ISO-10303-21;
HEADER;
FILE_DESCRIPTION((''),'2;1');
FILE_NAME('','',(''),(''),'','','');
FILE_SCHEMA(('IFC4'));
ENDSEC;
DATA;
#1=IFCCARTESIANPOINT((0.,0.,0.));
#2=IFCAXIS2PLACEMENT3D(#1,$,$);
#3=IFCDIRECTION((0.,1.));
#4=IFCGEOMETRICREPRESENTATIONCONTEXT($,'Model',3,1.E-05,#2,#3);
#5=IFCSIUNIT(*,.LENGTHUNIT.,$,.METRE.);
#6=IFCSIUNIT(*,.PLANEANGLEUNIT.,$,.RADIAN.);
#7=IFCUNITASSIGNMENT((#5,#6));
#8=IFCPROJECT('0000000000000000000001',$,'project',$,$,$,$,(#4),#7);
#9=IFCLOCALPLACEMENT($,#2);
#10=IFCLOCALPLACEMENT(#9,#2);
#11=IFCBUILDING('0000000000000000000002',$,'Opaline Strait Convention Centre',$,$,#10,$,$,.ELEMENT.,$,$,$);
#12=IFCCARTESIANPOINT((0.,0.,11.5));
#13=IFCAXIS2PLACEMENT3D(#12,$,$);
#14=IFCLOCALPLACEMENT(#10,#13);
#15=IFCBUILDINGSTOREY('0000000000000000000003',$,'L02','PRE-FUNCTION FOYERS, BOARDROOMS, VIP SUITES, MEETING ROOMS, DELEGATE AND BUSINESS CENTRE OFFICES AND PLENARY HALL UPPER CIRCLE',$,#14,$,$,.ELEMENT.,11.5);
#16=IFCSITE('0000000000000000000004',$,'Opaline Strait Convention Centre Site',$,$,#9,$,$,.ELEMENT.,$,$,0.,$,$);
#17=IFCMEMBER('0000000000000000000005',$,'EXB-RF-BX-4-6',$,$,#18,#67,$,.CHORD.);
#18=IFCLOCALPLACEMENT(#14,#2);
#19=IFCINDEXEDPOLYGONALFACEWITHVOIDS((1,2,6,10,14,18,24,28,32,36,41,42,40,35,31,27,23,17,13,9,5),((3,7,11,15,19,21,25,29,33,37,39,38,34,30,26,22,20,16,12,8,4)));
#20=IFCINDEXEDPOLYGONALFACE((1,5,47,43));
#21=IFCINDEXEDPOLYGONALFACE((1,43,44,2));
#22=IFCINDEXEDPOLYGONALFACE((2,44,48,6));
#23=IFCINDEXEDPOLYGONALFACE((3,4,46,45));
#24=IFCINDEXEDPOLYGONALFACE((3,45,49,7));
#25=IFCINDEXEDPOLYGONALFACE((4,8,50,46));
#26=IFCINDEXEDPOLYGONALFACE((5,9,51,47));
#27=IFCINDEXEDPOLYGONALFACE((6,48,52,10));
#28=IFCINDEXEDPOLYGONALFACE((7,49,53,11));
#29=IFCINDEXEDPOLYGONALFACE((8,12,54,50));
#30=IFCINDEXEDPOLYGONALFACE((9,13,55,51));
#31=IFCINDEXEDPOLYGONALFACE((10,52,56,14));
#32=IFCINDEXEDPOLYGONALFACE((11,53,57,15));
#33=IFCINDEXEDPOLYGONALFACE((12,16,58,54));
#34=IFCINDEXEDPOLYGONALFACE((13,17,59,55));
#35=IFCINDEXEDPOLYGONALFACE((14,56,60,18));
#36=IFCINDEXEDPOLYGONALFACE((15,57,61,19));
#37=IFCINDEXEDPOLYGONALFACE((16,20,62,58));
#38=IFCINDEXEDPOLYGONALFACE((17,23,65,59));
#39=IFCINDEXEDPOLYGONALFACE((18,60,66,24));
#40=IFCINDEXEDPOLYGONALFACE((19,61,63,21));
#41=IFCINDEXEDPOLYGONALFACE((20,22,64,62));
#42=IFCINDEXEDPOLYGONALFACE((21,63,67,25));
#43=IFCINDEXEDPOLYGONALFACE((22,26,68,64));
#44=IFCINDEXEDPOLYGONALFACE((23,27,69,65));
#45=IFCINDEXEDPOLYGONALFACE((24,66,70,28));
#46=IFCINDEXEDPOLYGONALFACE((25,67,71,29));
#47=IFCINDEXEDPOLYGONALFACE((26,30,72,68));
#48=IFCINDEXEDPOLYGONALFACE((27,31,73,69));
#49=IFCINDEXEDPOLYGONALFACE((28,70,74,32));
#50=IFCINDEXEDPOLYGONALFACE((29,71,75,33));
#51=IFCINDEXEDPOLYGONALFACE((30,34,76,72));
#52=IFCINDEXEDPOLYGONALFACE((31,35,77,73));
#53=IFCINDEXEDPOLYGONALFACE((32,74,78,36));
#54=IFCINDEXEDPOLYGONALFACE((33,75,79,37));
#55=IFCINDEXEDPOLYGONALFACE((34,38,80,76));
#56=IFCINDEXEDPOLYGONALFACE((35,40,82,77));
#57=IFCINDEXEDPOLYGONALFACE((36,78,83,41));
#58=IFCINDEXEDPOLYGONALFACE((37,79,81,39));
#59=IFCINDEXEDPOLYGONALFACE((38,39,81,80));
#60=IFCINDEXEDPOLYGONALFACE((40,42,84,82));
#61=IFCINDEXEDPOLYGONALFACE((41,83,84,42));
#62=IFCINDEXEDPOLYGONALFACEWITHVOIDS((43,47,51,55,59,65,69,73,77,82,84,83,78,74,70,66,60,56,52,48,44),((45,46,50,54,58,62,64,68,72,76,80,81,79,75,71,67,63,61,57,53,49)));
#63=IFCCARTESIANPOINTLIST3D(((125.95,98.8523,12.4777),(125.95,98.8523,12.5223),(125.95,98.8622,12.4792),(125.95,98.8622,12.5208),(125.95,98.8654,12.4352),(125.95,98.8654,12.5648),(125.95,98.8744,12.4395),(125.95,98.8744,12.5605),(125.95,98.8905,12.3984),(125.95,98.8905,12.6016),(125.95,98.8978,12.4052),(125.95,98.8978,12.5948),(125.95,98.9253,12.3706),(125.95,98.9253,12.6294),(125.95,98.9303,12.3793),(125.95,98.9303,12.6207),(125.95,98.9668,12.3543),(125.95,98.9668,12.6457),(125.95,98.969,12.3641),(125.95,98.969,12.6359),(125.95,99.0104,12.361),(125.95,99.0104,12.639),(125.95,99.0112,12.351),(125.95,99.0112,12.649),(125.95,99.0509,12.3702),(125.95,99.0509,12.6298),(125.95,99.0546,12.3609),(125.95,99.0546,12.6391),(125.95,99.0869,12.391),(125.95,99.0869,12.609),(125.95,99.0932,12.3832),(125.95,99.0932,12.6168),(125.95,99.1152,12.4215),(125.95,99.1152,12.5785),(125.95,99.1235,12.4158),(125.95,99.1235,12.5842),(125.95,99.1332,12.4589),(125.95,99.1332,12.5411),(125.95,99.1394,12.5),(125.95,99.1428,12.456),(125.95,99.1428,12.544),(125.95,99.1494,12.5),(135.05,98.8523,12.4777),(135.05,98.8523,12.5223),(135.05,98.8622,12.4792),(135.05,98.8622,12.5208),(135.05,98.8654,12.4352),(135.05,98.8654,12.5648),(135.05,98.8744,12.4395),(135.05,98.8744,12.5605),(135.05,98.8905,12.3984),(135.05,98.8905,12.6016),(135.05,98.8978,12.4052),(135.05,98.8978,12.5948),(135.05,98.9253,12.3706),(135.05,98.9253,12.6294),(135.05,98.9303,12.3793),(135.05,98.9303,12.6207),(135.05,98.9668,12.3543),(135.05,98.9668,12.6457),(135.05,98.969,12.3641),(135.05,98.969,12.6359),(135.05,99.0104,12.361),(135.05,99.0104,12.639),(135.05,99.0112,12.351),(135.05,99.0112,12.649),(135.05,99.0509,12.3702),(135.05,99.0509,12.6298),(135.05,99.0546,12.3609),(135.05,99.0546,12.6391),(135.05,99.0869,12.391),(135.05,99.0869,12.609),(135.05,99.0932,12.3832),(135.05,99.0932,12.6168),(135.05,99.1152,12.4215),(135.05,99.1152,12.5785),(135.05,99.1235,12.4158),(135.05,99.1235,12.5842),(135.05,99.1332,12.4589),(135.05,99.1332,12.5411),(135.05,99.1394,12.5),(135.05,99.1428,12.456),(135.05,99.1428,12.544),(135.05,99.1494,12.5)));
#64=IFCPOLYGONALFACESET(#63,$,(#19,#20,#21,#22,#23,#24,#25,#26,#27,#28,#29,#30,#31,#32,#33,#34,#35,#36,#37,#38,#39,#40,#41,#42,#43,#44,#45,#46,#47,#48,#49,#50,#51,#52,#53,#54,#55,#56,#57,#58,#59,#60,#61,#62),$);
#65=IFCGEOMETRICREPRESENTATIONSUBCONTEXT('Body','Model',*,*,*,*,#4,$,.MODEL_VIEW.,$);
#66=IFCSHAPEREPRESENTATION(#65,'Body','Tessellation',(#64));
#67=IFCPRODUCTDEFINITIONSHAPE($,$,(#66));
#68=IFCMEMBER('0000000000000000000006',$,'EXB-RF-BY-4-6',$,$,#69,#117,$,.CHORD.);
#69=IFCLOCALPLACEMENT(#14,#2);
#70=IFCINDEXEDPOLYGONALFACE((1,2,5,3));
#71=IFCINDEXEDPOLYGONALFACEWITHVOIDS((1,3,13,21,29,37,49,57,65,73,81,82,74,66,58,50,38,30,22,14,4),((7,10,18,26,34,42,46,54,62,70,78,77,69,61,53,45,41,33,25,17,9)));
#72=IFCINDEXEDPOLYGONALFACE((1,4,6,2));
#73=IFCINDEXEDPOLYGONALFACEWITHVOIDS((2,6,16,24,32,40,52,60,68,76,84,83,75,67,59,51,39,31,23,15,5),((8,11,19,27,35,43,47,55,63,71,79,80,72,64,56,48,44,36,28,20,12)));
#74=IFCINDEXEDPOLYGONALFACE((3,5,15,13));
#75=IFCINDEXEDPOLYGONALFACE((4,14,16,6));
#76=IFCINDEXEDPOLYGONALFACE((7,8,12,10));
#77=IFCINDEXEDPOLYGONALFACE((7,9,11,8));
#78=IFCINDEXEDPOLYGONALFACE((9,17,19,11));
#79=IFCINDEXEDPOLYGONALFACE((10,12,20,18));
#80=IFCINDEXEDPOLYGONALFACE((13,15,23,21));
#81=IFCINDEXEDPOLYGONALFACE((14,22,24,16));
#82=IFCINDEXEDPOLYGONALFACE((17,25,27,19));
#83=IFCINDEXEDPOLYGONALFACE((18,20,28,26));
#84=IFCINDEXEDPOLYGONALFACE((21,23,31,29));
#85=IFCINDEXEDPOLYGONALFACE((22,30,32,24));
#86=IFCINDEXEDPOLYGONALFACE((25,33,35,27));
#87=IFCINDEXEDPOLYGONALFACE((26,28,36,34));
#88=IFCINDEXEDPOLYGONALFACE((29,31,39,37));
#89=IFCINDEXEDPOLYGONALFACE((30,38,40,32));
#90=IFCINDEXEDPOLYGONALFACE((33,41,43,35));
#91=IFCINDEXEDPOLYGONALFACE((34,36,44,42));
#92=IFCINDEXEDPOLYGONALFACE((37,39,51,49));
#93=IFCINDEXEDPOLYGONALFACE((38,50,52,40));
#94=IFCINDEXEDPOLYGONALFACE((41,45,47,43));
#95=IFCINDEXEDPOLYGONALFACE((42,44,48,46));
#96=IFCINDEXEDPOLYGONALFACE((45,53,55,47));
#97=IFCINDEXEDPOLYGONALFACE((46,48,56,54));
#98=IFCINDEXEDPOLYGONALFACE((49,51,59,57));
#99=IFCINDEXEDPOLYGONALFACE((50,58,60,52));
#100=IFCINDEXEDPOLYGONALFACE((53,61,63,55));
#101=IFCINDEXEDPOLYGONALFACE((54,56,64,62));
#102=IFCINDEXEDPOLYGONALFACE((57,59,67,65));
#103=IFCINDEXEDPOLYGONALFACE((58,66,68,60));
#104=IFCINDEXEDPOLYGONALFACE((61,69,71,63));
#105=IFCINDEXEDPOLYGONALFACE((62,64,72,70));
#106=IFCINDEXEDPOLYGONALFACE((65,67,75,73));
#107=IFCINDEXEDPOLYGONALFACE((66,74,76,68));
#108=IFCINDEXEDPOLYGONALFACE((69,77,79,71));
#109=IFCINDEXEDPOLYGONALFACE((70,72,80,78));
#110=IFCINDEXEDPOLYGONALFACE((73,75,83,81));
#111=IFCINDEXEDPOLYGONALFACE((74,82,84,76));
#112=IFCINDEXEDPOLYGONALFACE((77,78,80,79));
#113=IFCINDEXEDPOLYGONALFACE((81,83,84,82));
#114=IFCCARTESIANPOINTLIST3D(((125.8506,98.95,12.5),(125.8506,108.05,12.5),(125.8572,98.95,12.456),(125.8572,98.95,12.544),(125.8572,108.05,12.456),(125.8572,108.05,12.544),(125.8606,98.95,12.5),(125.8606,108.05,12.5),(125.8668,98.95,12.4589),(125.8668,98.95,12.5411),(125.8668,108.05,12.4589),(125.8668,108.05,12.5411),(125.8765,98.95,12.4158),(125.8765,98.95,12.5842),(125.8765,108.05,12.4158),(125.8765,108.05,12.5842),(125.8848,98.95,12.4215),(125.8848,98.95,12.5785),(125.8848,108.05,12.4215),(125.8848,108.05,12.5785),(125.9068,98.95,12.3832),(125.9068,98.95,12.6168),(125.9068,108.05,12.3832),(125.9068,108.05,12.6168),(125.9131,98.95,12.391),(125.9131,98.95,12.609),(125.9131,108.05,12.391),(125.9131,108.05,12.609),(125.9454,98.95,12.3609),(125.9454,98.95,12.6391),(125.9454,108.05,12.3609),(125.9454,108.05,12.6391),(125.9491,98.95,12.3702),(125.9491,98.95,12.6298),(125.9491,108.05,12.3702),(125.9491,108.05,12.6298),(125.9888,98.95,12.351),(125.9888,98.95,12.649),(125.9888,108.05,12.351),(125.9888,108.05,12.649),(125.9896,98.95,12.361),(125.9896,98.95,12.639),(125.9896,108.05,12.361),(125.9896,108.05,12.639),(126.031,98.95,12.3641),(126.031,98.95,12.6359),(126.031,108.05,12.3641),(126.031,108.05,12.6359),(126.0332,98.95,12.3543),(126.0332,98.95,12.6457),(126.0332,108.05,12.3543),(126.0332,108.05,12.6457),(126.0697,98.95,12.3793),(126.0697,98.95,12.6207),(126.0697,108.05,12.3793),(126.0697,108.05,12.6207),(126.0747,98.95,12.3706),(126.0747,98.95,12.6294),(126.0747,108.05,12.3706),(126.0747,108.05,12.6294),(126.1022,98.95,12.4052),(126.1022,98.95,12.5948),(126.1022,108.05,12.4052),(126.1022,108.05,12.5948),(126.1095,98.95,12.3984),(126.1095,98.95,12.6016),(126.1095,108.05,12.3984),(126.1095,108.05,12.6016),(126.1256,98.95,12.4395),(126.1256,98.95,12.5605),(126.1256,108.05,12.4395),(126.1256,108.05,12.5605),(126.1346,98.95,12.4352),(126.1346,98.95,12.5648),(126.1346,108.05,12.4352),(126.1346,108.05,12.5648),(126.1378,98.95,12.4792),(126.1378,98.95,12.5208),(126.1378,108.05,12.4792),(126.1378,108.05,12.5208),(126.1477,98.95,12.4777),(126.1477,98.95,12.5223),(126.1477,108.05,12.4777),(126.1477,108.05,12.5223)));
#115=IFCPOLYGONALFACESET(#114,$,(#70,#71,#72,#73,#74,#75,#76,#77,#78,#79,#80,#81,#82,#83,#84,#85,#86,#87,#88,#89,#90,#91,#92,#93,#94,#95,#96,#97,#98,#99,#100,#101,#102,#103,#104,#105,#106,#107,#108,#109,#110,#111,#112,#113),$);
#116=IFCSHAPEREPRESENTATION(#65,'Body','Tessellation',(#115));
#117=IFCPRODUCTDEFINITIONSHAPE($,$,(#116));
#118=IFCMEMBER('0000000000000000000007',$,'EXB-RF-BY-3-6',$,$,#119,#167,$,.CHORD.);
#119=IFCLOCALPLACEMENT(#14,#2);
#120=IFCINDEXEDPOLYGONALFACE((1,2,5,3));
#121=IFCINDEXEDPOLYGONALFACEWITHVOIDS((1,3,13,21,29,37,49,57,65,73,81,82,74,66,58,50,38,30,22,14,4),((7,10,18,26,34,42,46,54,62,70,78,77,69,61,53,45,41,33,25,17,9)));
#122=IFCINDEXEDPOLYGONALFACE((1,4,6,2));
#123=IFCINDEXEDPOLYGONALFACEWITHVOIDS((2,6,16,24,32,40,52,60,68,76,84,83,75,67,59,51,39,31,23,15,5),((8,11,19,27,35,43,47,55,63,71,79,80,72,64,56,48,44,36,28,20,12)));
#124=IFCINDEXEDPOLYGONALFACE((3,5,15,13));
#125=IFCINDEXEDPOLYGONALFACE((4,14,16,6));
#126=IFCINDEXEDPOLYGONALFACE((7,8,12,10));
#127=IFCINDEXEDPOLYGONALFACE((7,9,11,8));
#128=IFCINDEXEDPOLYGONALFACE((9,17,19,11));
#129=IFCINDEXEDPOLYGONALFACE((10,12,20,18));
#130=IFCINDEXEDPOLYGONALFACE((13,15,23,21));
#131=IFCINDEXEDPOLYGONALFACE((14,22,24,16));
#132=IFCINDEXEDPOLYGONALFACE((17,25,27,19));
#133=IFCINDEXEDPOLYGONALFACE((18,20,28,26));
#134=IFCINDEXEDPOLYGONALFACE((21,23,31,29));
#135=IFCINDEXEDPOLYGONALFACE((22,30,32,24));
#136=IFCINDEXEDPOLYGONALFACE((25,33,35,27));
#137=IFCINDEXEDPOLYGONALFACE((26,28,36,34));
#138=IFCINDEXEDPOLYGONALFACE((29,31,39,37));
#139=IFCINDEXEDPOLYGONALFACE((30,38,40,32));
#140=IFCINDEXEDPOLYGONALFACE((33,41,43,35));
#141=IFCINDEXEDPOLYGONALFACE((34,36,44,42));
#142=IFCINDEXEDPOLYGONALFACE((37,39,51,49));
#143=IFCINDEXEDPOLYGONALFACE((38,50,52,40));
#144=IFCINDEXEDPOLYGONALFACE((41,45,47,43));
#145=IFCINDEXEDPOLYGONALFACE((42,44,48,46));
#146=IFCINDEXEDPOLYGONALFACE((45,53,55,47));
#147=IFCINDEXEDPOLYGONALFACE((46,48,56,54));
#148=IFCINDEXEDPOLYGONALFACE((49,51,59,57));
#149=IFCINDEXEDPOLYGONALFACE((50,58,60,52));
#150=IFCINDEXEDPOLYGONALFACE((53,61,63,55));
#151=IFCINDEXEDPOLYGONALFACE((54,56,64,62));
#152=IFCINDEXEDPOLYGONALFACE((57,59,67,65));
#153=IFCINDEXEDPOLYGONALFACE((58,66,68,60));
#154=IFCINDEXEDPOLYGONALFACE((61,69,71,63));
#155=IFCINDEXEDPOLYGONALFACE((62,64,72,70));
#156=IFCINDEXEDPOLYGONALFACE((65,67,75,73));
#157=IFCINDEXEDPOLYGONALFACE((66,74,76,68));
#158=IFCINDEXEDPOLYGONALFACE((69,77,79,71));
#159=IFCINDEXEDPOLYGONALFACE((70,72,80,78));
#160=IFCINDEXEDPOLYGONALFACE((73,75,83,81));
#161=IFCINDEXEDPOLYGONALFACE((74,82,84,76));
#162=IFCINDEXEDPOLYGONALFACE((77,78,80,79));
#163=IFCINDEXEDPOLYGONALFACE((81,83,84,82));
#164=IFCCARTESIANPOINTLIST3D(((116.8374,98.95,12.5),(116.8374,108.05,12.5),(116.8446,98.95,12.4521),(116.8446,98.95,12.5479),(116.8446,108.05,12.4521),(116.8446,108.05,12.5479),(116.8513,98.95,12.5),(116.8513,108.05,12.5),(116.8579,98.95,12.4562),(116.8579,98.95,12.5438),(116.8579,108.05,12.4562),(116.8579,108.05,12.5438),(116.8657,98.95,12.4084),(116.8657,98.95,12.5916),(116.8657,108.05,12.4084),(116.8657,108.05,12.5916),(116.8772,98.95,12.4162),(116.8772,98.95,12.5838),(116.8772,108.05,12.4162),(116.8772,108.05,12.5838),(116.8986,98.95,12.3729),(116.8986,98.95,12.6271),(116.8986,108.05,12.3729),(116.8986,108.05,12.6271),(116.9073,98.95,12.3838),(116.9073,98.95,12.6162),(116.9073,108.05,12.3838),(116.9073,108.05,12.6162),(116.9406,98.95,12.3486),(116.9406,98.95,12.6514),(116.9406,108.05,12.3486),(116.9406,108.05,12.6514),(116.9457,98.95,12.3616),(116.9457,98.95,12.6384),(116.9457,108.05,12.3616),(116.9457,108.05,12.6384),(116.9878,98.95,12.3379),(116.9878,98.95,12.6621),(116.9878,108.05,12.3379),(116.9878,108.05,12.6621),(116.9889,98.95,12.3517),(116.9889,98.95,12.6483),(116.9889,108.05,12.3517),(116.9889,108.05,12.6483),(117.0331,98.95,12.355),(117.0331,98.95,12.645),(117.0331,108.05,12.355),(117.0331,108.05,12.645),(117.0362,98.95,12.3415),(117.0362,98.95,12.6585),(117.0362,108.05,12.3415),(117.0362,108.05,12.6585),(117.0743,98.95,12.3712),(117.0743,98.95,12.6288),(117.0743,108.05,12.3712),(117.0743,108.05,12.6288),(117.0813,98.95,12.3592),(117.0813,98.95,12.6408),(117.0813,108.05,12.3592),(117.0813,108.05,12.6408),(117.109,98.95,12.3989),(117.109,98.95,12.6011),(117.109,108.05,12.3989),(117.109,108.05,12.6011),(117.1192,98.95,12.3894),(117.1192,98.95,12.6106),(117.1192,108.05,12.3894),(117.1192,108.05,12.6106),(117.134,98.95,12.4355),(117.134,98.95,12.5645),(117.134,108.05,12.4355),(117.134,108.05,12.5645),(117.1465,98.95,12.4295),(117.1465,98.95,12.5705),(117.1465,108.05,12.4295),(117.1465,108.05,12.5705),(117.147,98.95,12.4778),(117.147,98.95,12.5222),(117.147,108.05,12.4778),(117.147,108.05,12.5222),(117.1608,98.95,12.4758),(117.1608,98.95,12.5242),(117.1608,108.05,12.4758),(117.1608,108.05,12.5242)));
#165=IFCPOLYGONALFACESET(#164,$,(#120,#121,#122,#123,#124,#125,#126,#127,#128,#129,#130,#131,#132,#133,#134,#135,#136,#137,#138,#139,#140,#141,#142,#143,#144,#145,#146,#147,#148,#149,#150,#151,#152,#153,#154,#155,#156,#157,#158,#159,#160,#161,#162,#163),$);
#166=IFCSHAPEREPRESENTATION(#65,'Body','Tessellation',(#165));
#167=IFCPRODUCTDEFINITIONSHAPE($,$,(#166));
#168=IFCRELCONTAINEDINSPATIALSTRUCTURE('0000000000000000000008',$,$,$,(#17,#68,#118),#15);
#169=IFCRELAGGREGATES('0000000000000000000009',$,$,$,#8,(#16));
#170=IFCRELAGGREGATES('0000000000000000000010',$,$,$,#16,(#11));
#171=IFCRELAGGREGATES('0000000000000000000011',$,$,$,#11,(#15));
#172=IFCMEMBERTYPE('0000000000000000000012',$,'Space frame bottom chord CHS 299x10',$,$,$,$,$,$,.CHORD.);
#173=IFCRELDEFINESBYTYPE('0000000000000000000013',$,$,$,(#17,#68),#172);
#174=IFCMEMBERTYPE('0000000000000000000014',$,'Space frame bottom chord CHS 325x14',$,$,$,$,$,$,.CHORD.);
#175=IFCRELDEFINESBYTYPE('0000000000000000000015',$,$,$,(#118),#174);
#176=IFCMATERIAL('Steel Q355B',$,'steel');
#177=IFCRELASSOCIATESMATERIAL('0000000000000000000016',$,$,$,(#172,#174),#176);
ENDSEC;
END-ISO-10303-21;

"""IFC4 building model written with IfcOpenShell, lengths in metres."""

from ifc_helpers import new_model, si_unit, direction, frame, origin, origin_2d, place, context, subcontext, project, spatial, hollow_circle, extrude, material, material_profile, profile_set, type_object, element, save


model = new_model("IFC4")

# Units and contexts
model_context = context("Model", 3, precision=1e-05, world=origin(), true_north=direction((0.0, 1.0)))
body_context = subcontext(model_context, "Body", "Model", "MODEL_VIEW")
ifc_project = project(units=[si_unit("LENGTHUNIT", "METRE"), si_unit("PLANEANGLEUNIT", "RADIAN")], contexts=[model_context])

# Site, building, storey
site_placement = place(None, origin())
site = spatial("IfcSite", under=ifc_project, at=site_placement, Name="Opaline Strait Convention Centre Site", CompositionType="ELEMENT", RefElevation=0.0)
building_placement = place(site_placement, origin())
building = spatial("IfcBuilding", under=site, at=building_placement, Name="Opaline Strait Convention Centre", CompositionType="ELEMENT")
storey_placement = place(building_placement, frame((0.0, 0.0, 11.5)))
storey = spatial("IfcBuildingStorey", under=building, at=storey_placement, Name="L02", Description="PRE-FUNCTION FOYERS, BOARDROOMS, VIP SUITES, MEETING ROOMS, DELEGATE AND BUSINESS CENTRE OFFICES AND PLENARY HALL UPPER CIRCLE", CompositionType="ELEMENT", Elevation=11.5)

# Members
ifc_material = material(Name="Steel Q355B", Category="steel")
ifc_material_profile_1 = material_profile(ifc_material, hollow_circle(Radius=0.1494, WallThickness=0.01, at=origin_2d()), Name="CHS 299x10")
ifc_profile_set_1 = profile_set([ifc_material_profile_1], Name="Steel Q355B")
member_type_1 = type_object("IfcMemberType", Name="Space frame bottom chord CHS 299x10", PredefinedType="CHORD", material=ifc_profile_set_1)
for number, where, z_axis, x_axis, name in (
    (1, (125.95, 99.0, 12.5), (1.0, 0.0, 0.0), (0.0, 1.0, 0.0), "EXB-RF-BX-4-6"),
    (2, (126.0, 98.95, 12.5), (0.0, 1.0, 0.0), (-1.0, 0.0, 0.0), "EXB-RF-BY-4-6"),
):
    element("IfcMember", number, at=place(storey_placement, frame(where, z_axis=z_axis, x_axis=x_axis)), inside=storey, type_object=member_type_1, Name=name, PredefinedType="CHORD", context=body_context, shape_type="SweptSolid", body=[
        extrude(hollow_circle(Radius=0.1494, WallThickness=0.01, at=origin_2d()), origin(), (0.0, 0.0, 1.0), 9.1001),
    ])
ifc_material_profile_2 = material_profile(ifc_material, hollow_circle(Radius=0.1626, WallThickness=0.0139, at=origin_2d()), Name="CHS 325x14")
ifc_profile_set_2 = profile_set([ifc_material_profile_2], Name="Steel Q355B")
member_type_2 = type_object("IfcMemberType", Name="Space frame bottom chord CHS 325x14", PredefinedType="CHORD", material=ifc_profile_set_2)
member_1_placement = place(storey_placement, frame((117.0, 98.95, 12.5), z_axis=(0.0, 1.0, 0.0), x_axis=(-1.0, 0.0, 0.0)))
element("IfcMember", 3, at=member_1_placement, inside=storey, type_object=member_type_2, Name="EXB-RF-BY-3-6", PredefinedType="CHORD", context=body_context, shape_type="SweptSolid", body=[
    extrude(hollow_circle(Radius=0.1626, WallThickness=0.0139, at=origin_2d()), origin(), (0.0, 0.0, 1.0), 9.1001),
])

save(model, "model.ifc")
